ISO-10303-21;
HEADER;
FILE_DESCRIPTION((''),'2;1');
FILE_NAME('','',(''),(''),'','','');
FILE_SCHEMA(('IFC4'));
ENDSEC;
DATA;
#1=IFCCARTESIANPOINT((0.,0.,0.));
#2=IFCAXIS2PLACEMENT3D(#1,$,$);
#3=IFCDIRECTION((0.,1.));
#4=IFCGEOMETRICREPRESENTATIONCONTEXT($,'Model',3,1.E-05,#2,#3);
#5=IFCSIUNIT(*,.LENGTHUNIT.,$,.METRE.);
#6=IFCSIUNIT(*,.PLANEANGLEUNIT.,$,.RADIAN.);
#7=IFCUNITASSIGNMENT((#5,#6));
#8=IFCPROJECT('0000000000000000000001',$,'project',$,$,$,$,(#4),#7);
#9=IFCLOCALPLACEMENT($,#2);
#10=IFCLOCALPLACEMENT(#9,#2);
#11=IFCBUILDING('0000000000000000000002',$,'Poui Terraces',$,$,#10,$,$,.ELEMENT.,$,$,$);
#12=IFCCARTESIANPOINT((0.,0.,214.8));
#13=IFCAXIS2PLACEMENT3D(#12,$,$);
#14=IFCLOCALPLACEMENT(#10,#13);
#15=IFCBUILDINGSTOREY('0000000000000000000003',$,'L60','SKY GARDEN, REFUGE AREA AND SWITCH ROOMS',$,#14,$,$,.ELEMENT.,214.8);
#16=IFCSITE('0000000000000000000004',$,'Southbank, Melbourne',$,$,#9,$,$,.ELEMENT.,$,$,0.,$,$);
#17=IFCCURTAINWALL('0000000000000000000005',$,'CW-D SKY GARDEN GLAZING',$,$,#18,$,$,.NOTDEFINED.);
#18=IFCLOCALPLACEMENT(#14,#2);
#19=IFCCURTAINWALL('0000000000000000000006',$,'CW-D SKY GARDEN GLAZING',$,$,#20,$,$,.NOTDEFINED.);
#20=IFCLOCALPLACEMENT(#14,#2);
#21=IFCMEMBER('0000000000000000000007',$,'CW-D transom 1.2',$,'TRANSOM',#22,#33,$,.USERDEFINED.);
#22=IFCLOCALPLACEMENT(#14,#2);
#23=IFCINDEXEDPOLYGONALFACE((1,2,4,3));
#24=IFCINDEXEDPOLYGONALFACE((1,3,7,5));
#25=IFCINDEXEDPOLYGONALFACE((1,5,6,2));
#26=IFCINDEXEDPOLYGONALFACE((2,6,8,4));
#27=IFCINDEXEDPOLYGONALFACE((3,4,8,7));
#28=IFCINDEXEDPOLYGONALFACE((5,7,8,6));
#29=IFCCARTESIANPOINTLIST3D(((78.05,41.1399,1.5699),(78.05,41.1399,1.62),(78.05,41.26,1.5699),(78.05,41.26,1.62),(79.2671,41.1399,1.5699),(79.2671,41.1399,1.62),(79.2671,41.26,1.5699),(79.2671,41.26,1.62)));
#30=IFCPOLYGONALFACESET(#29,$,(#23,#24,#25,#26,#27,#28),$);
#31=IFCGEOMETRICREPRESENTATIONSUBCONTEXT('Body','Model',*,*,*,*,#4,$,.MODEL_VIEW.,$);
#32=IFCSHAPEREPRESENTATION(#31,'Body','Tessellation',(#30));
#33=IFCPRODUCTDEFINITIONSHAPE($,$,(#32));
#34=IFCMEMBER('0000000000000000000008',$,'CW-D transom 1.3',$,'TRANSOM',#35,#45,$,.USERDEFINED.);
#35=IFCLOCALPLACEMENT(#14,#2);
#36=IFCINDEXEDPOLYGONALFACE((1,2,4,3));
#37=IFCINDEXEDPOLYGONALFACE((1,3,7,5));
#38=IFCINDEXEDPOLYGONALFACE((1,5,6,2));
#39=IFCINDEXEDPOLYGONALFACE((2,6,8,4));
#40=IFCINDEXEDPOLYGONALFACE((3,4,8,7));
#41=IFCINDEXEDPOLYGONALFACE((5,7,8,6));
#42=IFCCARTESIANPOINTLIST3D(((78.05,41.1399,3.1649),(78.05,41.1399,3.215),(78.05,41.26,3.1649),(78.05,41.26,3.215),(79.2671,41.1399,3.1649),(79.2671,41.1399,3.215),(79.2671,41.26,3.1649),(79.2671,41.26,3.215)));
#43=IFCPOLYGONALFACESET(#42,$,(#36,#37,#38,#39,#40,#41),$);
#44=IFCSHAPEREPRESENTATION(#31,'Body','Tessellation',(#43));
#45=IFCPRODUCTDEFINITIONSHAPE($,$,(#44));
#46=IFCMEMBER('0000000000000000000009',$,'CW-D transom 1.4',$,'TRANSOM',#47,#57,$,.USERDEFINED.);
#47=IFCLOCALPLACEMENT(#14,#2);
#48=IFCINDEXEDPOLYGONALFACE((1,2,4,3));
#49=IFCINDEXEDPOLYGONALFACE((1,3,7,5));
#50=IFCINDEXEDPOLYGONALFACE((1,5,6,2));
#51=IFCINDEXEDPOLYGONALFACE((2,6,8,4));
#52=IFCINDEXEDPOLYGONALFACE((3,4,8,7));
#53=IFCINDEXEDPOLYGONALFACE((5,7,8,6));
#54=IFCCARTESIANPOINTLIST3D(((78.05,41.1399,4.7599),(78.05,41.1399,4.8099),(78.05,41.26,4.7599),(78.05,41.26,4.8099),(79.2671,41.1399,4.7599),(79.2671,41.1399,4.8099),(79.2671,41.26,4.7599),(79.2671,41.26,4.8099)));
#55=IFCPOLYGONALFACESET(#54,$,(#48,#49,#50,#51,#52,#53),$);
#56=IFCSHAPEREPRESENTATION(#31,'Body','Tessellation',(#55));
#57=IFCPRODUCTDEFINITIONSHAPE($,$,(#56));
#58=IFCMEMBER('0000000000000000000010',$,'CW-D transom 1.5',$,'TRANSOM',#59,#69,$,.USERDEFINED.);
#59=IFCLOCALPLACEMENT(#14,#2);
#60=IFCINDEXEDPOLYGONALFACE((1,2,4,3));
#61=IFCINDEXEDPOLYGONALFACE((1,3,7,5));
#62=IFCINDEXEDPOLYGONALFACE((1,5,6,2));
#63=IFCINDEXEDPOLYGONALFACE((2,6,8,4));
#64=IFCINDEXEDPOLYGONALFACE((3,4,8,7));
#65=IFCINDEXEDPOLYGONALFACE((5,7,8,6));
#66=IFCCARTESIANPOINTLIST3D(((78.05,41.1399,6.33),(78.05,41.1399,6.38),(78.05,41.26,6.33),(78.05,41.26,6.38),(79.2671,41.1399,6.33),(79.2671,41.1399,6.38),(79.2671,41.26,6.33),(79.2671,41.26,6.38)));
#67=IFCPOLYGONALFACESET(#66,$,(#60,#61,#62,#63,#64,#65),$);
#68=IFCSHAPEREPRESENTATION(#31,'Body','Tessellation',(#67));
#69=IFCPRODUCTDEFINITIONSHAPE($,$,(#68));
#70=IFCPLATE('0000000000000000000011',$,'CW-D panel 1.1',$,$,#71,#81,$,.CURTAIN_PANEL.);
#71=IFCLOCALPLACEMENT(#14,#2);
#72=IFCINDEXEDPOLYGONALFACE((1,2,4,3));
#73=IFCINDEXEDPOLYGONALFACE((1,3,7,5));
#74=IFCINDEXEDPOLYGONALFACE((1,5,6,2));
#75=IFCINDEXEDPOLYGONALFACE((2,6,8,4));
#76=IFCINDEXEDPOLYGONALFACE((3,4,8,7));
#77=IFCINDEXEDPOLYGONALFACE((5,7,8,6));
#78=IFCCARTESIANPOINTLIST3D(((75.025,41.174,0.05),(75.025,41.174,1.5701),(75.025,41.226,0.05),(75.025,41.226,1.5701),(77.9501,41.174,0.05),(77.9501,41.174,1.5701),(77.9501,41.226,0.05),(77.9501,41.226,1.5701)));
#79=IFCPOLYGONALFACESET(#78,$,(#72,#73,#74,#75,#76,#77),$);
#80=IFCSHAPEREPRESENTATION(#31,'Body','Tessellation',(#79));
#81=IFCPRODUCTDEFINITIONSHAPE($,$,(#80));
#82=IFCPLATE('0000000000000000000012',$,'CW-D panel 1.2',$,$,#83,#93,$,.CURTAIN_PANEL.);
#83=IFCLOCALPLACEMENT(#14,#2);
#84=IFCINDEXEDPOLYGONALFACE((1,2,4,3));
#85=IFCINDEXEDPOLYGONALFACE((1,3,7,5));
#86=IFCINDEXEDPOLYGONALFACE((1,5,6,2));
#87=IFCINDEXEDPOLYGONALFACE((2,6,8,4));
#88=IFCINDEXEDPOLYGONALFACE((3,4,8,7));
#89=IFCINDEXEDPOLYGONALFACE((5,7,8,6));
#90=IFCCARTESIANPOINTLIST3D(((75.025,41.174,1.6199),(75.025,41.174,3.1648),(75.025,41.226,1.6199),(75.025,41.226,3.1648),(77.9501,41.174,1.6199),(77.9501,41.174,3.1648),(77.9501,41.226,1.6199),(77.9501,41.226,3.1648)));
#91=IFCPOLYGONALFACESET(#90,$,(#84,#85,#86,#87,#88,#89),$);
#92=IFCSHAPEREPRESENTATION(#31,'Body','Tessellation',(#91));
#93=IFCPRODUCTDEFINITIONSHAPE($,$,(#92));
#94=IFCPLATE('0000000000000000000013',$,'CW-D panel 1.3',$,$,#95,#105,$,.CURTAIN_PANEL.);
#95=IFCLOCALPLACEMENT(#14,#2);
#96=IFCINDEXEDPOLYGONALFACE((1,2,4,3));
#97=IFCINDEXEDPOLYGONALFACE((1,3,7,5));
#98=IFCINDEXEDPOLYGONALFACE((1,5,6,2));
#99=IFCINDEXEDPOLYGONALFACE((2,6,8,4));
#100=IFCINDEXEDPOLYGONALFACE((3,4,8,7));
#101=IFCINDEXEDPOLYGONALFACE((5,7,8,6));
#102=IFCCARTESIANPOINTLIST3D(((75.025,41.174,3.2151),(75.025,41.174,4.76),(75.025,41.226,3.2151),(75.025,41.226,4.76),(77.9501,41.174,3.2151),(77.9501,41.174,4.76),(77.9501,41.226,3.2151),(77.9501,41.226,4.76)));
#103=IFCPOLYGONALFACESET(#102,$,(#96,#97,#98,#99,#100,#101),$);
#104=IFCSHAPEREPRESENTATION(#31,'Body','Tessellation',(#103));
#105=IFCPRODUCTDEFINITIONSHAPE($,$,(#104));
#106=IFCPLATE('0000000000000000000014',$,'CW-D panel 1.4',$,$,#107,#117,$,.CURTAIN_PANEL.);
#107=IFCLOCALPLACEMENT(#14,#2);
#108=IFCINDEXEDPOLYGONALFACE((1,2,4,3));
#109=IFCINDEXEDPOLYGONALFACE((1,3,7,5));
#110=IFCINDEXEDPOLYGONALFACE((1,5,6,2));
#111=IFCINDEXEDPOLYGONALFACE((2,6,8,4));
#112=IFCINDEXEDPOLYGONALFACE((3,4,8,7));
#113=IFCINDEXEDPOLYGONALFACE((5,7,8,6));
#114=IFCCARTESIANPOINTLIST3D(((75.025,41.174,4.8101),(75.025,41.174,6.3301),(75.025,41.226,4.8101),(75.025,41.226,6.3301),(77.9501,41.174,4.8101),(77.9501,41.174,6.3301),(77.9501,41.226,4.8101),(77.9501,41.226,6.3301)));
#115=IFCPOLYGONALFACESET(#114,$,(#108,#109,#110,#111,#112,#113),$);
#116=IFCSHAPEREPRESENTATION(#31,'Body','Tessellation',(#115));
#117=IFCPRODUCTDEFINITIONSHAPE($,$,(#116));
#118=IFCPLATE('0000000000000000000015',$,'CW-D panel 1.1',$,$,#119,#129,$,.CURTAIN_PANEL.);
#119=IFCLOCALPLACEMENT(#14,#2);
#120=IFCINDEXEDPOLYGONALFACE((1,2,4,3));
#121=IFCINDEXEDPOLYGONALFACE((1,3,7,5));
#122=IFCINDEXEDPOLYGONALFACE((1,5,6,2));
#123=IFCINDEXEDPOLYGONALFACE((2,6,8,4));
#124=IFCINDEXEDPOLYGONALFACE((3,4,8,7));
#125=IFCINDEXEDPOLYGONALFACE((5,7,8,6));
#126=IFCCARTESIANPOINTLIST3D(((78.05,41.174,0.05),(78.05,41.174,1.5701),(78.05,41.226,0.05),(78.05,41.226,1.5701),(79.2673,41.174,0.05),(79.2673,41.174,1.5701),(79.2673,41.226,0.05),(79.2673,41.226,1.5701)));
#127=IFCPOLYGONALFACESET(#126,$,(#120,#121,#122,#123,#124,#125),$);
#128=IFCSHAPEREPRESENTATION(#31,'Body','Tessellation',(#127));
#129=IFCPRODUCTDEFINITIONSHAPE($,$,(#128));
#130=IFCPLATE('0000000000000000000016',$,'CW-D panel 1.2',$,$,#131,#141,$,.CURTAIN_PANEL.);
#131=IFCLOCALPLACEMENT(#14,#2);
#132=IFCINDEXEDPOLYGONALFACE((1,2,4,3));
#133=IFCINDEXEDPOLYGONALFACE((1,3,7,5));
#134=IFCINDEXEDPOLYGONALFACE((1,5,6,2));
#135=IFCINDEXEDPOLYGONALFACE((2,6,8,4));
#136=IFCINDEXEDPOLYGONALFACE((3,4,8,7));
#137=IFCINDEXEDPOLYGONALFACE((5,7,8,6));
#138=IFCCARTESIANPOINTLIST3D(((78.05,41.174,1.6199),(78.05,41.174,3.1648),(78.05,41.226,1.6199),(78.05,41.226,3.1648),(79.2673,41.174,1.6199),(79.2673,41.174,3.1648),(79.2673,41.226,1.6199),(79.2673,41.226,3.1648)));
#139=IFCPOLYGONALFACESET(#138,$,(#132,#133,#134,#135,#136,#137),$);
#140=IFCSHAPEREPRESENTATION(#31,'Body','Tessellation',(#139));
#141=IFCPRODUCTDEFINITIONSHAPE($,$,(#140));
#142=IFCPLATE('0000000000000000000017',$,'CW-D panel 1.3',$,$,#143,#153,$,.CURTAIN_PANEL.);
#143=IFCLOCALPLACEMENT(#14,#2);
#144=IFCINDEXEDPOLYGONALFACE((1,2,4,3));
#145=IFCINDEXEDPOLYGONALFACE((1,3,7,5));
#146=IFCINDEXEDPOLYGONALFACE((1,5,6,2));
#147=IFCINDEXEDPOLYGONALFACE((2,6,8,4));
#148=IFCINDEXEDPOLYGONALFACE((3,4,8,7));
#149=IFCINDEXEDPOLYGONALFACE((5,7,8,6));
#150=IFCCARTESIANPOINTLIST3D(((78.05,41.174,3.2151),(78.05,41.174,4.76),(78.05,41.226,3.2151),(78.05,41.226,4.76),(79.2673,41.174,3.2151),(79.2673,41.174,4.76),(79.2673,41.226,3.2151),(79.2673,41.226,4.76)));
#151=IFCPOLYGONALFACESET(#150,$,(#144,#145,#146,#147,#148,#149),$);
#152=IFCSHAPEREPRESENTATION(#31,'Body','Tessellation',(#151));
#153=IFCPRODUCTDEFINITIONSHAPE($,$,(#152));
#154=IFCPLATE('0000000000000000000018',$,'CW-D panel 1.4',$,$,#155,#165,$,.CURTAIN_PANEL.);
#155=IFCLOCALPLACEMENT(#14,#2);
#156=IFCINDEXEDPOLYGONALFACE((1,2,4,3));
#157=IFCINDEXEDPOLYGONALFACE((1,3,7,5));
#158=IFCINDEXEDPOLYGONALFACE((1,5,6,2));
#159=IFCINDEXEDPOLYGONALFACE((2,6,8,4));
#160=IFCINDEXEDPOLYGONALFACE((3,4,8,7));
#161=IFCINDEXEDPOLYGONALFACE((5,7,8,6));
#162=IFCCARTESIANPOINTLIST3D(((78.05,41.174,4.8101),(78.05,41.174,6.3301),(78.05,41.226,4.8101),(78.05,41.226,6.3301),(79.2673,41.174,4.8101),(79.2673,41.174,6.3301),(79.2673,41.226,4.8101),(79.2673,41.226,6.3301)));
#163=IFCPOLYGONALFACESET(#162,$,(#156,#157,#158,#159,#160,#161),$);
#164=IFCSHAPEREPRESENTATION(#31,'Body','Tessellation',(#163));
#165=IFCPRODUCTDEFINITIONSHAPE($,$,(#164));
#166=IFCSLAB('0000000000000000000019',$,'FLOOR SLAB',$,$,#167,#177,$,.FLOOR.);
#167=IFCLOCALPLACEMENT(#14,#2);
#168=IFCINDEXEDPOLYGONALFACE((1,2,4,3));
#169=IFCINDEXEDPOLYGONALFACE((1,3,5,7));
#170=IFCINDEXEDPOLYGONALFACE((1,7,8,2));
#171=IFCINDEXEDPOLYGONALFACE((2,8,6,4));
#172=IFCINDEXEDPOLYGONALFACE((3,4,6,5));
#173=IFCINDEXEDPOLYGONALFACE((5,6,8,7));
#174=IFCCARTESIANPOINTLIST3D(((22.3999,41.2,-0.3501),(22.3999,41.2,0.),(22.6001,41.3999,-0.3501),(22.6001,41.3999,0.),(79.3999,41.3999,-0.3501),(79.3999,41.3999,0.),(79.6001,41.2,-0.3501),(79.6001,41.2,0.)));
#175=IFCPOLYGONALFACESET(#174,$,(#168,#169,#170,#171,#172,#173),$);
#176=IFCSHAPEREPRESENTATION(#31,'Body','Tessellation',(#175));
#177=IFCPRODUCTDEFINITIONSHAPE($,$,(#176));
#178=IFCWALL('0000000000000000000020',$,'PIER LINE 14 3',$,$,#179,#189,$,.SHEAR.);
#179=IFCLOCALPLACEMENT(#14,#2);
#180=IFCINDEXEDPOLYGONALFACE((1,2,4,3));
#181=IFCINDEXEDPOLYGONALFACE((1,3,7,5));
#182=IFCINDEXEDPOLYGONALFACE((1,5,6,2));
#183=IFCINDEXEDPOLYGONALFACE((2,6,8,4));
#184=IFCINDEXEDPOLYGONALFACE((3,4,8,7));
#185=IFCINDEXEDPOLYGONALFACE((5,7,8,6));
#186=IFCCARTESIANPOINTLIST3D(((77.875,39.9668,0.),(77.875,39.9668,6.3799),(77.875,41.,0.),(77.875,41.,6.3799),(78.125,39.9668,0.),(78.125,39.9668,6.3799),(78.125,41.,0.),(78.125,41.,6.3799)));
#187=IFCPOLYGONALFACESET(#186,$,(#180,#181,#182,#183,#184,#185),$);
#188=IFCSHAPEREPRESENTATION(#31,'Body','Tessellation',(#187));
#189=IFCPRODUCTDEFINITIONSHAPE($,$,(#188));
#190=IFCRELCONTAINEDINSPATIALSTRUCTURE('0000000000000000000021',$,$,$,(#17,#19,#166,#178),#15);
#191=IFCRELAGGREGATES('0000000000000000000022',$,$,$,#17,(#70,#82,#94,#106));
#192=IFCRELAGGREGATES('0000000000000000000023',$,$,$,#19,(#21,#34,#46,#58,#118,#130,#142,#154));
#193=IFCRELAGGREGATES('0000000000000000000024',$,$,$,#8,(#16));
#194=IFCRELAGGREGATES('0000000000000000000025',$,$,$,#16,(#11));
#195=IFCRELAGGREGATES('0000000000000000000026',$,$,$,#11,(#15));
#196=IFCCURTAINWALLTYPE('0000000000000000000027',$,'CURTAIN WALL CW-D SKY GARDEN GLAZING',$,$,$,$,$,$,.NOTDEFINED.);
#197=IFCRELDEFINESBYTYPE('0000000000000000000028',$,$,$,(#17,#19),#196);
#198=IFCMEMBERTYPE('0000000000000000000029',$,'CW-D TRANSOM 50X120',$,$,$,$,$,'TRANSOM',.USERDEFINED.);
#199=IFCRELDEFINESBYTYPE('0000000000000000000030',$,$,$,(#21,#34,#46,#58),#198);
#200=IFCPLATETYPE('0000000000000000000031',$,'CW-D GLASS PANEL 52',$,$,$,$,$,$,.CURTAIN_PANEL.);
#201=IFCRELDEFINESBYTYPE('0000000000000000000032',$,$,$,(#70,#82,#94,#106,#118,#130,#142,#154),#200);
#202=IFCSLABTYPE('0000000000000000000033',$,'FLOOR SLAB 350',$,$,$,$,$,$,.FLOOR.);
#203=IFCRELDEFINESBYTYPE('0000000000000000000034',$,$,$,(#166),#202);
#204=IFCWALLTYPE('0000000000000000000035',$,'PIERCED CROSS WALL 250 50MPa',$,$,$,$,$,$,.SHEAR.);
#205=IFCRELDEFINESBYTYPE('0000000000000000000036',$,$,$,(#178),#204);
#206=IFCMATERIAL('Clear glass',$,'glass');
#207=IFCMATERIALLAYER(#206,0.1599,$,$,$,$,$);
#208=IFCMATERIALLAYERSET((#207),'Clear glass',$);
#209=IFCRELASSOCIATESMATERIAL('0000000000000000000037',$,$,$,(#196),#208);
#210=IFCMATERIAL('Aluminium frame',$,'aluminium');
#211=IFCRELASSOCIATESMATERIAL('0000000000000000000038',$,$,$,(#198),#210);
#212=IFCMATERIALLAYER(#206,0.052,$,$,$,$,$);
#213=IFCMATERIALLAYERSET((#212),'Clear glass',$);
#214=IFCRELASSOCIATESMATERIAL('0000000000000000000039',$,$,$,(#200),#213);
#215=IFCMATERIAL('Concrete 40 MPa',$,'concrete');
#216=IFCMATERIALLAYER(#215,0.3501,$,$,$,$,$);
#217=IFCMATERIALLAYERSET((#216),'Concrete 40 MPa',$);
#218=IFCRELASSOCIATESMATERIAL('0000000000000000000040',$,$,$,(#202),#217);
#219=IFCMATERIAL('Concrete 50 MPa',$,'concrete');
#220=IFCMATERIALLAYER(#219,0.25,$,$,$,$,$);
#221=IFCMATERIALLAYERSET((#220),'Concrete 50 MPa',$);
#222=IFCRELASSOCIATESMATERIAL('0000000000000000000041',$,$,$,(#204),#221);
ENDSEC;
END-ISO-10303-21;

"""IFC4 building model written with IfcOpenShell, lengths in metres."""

from ifc_helpers import new_model, si_unit, direction, frame, frame_2d, origin, origin_2d, place, context, subcontext, project, spatial, polyline, rectangle, outline, extrude, source, transform, mapped, material, layer, layer_set, material_profile, profile_set, type_object, element, aggregate, save


model = new_model("IFC4")

# Units and contexts
model_context = context("Model", 3, precision=1e-05, world=origin(), true_north=direction((0.0, 1.0)))
body_context = subcontext(model_context, "Body", "Model", "MODEL_VIEW")
ifc_project = project(units=[si_unit("LENGTHUNIT", "METRE"), si_unit("PLANEANGLEUNIT", "RADIAN")], contexts=[model_context])

# Site, building, storey
site_placement = place(None, origin())
site = spatial("IfcSite", under=ifc_project, at=site_placement, Name="Southbank, Melbourne", CompositionType="ELEMENT", RefElevation=0.0)
building_placement = place(site_placement, origin())
building = spatial("IfcBuilding", under=site, at=building_placement, Name="Poui Terraces", CompositionType="ELEMENT")
storey_placement = place(building_placement, frame((0.0, 0.0, 214.8)))
storey = spatial("IfcBuildingStorey", under=building, at=storey_placement, Name="L60", Description="SKY GARDEN, REFUGE AREA AND SWITCH ROOMS", CompositionType="ELEMENT", Elevation=214.8)

# Curtain walls
ifc_material_1 = material(Name="Clear glass", Category="glass")
ifc_layer_1 = layer(ifc_material_1, 0.1599)
ifc_layer_set_1 = layer_set([ifc_layer_1], Name="Clear glass")
curtain_wall_type = type_object("IfcCurtainWallType", Name="CURTAIN WALL CW-D SKY GARDEN GLAZING", PredefinedType="NOTDEFINED", material=ifc_layer_set_1)
curtain_wall_1_placement = place(storey_placement, origin())
curtain_wall_1 = element("IfcCurtainWall", 1, at=curtain_wall_1_placement, inside=storey, type_object=curtain_wall_type, Name="CW-D SKY GARDEN GLAZING", PredefinedType="NOTDEFINED")
ifc_material_2 = material(Name="Aluminium frame", Category="aluminium")
curtain_wall_2_placement = place(storey_placement, origin())
curtain_wall_2 = element("IfcCurtainWall", 2, at=curtain_wall_2_placement, inside=storey, type_object=curtain_wall_type, Name="CW-D SKY GARDEN GLAZING", PredefinedType="NOTDEFINED")

# Members
ifc_material_profile_1 = material_profile(ifc_material_2, rectangle(XDim=0.1201, YDim=0.05, at=origin_2d()), Name="CW-D TRANSOM 50X120")
ifc_profile_set_1 = profile_set([ifc_material_profile_1], Name="Aluminium frame")
member_type_1 = type_object("IfcMemberType", Name="CW-D TRANSOM 50X120", ElementType="TRANSOM", PredefinedType="USERDEFINED", material=ifc_profile_set_1)
member_1_placement = place(storey_placement, frame((79.2671, 41.2, 1.595), z_axis=(-1.0, 0.0, 0.0), x_axis=(0.0, -1.0, 0.0)))
member_1 = element("IfcMember", 3, at=member_1_placement, type_object=member_type_1, Name="CW-D transom 1.2", ObjectType="TRANSOM", PredefinedType="USERDEFINED", context=body_context, shape_type="SweptSolid", body=[
    extrude(rectangle(XDim=0.1201, YDim=0.05, at=origin_2d()), origin(), (0.0, 0.0, 1.0), 1.217),
])
member_2_placement = place(storey_placement, frame((79.2671, 41.2, 3.1899), z_axis=(-1.0, 0.0, 0.0), x_axis=(0.0, -1.0, 0.0)))
member_2 = element("IfcMember", 4, at=member_2_placement, type_object=member_type_1, Name="CW-D transom 1.3", ObjectType="TRANSOM", PredefinedType="USERDEFINED", context=body_context, shape_type="SweptSolid", body=[
    extrude(rectangle(XDim=0.1201, YDim=0.05, at=origin_2d()), origin(), (0.0, 0.0, 1.0), 1.217),
])
member_3_placement = place(storey_placement, frame((79.2671, 41.2, 4.7849), z_axis=(-1.0, 0.0, 0.0), x_axis=(0.0, -1.0, 0.0)))
member_3 = element("IfcMember", 5, at=member_3_placement, type_object=member_type_1, Name="CW-D transom 1.4", ObjectType="TRANSOM", PredefinedType="USERDEFINED", context=body_context, shape_type="SweptSolid", body=[
    extrude(rectangle(XDim=0.1201, YDim=0.05, at=origin_2d()), origin(), (0.0, 0.0, 1.0), 1.217),
])
member_4_placement = place(storey_placement, frame((79.2671, 41.2, 6.355), z_axis=(-1.0, 0.0, 0.0), x_axis=(0.0, -1.0, 0.0)))
member_4 = element("IfcMember", 6, at=member_4_placement, type_object=member_type_1, Name="CW-D transom 1.5", ObjectType="TRANSOM", PredefinedType="USERDEFINED", context=body_context, shape_type="SweptSolid", body=[
    extrude(rectangle(XDim=0.1201, YDim=0.05, at=origin_2d()), origin(), (0.0, 0.0, 1.0), 1.217),
])

# Plates
ifc_layer_2 = layer(ifc_material_1, 0.052)
ifc_layer_set_2 = layer_set([ifc_layer_2], Name="Clear glass")
plate_type = type_object("IfcPlateType", Name="CW-D GLASS PANEL 52", PredefinedType="CURTAIN_PANEL", material=ifc_layer_set_2)
plate_1_placement = place(storey_placement, frame((76.4875, 41.2, 0.05), z_axis=(0.0, 0.0, 1.0), x_axis=(-1.0, 0.0, 0.0)))
plate_1 = element("IfcPlate", 7, at=plate_1_placement, type_object=plate_type, Name="CW-D panel 1.1", PredefinedType="CURTAIN_PANEL", context=body_context, shape_type="SweptSolid", body=[
    extrude(rectangle(XDim=2.925, YDim=0.052, at=origin_2d()), origin(), (0.0, 0.0, 1.0), 1.52),
])
plate_2_placement = place(storey_placement, frame((76.4875, 41.2, 1.6199), z_axis=(0.0, 0.0, 1.0), x_axis=(-1.0, 0.0, 0.0)))
plate_2 = element("IfcPlate", 8, at=plate_2_placement, type_object=plate_type, Name="CW-D panel 1.2", PredefinedType="CURTAIN_PANEL", context=body_context, shape_type="SweptSolid", body=[
    extrude(rectangle(XDim=2.925, YDim=0.052, at=origin_2d()), origin(), (0.0, 0.0, 1.0), 1.5449),
])
plate_3_placement = place(storey_placement, frame((76.4875, 41.2, 3.2151), z_axis=(0.0, 0.0, 1.0), x_axis=(-1.0, 0.0, 0.0)))
plate_3 = element("IfcPlate", 9, at=plate_3_placement, type_object=plate_type, Name="CW-D panel 1.3", PredefinedType="CURTAIN_PANEL", context=body_context, shape_type="SweptSolid", body=[
    extrude(rectangle(XDim=2.925, YDim=0.052, at=origin_2d()), origin(), (0.0, 0.0, 1.0), 1.5449),
])
plate_4_placement = place(storey_placement, frame((76.4875, 41.2, 4.8101), z_axis=(0.0, 0.0, 1.0), x_axis=(-1.0, 0.0, 0.0)))
plate_4 = element("IfcPlate", 10, at=plate_4_placement, type_object=plate_type, Name="CW-D panel 1.4", PredefinedType="CURTAIN_PANEL", context=body_context, shape_type="SweptSolid", body=[
    extrude(rectangle(XDim=2.925, YDim=0.052, at=origin_2d()), origin(), (0.0, 0.0, 1.0), 1.52),
])
aggregate(curtain_wall_1, [plate_1, plate_2, plate_3, plate_4])
plate_5_placement = place(storey_placement, frame((78.6587, 41.2, 0.05), z_axis=(0.0, 0.0, 1.0), x_axis=(-1.0, 0.0, 0.0)))
plate_5 = element("IfcPlate", 11, at=plate_5_placement, type_object=plate_type, Name="CW-D panel 1.1", PredefinedType="CURTAIN_PANEL", context=body_context, shape_type="SweptSolid", body=[
    extrude(rectangle(XDim=1.2173, YDim=0.052, at=origin_2d()), origin(), (0.0, 0.0, 1.0), 1.52),
])
plate_6_placement = place(storey_placement, frame((78.6587, 41.2, 1.6199), z_axis=(0.0, 0.0, 1.0), x_axis=(-1.0, 0.0, 0.0)))
plate_6 = element("IfcPlate", 12, at=plate_6_placement, type_object=plate_type, Name="CW-D panel 1.2", PredefinedType="CURTAIN_PANEL", context=body_context, shape_type="SweptSolid", body=[
    extrude(rectangle(XDim=1.2173, YDim=0.052, at=origin_2d()), origin(), (0.0, 0.0, 1.0), 1.5449),
])
plate_7_placement = place(storey_placement, frame((78.6587, 41.2, 3.2151), z_axis=(0.0, 0.0, 1.0), x_axis=(-1.0, 0.0, 0.0)))
plate_7 = element("IfcPlate", 13, at=plate_7_placement, type_object=plate_type, Name="CW-D panel 1.3", PredefinedType="CURTAIN_PANEL", context=body_context, shape_type="SweptSolid", body=[
    extrude(rectangle(XDim=1.2173, YDim=0.052, at=origin_2d()), origin(), (0.0, 0.0, 1.0), 1.5449),
])
plate_8_placement = place(storey_placement, frame((78.6587, 41.2, 4.8101), z_axis=(0.0, 0.0, 1.0), x_axis=(-1.0, 0.0, 0.0)))
plate_8 = element("IfcPlate", 14, at=plate_8_placement, type_object=plate_type, Name="CW-D panel 1.4", PredefinedType="CURTAIN_PANEL", context=body_context, shape_type="SweptSolid", body=[
    extrude(rectangle(XDim=1.2173, YDim=0.052, at=origin_2d()), origin(), (0.0, 0.0, 1.0), 1.52),
])
aggregate(curtain_wall_2, [member_1, member_2, member_3, member_4, plate_5, plate_6, plate_7, plate_8])

# Slab
ifc_material_3 = material(Name="Concrete 40 MPa", Category="concrete")
ifc_layer_3 = layer(ifc_material_3, 0.3501)
ifc_layer_set_3 = layer_set([ifc_layer_3], Name="Concrete 40 MPa")
slab_type = type_object("IfcSlabType", Name="FLOOR SLAB 350", PredefinedType="FLOOR", material=ifc_layer_set_3)
shared_shape = source(origin(), body_context, "Body", "SweptSolid", [
    extrude(outline(polyline([(0.0, 0.0), (-56.7998, 0.0), (-57.0, -0.2), (0.2002, -0.2), (0.0, 0.0)])), origin(), (0.0, 0.0, 1.0), 0.3501),
])
slab_placement = place(storey_placement, frame((79.3999, 41.3999, -0.3501)))
element("IfcSlab", 15, at=slab_placement, inside=storey, type_object=slab_type, Name="FLOOR SLAB", PredefinedType="FLOOR", context=body_context, shape_type="MappedRepresentation", body=[
    mapped(shared_shape, transform((0.0, 0.0, 0.0))),
])

# Wall
ifc_material_4 = material(Name="Concrete 50 MPa", Category="concrete")
ifc_layer_4 = layer(ifc_material_4, 0.25)
ifc_layer_set_4 = layer_set([ifc_layer_4], Name="Concrete 50 MPa")
wall_type = type_object("IfcWallType", Name="PIERCED CROSS WALL 250 50MPa", PredefinedType="SHEAR", material=ifc_layer_set_4)
wall_placement = place(storey_placement, frame((78.0, 39.9668, 0.0), z_axis=(0.0, 0.0, 1.0), x_axis=(0.0, 1.0, 0.0)))
element("IfcWall", 16, at=wall_placement, inside=storey, type_object=wall_type, Name="PIER LINE 14 3", PredefinedType="SHEAR", context=body_context, shape_type="SweptSolid", body=[
    extrude(rectangle(XDim=1.0332, YDim=0.25, at=frame_2d((0.5166, 0.0))), origin(), (0.0, 0.0, 1.0), 6.3799),
])

save(model, "model.ifc")
